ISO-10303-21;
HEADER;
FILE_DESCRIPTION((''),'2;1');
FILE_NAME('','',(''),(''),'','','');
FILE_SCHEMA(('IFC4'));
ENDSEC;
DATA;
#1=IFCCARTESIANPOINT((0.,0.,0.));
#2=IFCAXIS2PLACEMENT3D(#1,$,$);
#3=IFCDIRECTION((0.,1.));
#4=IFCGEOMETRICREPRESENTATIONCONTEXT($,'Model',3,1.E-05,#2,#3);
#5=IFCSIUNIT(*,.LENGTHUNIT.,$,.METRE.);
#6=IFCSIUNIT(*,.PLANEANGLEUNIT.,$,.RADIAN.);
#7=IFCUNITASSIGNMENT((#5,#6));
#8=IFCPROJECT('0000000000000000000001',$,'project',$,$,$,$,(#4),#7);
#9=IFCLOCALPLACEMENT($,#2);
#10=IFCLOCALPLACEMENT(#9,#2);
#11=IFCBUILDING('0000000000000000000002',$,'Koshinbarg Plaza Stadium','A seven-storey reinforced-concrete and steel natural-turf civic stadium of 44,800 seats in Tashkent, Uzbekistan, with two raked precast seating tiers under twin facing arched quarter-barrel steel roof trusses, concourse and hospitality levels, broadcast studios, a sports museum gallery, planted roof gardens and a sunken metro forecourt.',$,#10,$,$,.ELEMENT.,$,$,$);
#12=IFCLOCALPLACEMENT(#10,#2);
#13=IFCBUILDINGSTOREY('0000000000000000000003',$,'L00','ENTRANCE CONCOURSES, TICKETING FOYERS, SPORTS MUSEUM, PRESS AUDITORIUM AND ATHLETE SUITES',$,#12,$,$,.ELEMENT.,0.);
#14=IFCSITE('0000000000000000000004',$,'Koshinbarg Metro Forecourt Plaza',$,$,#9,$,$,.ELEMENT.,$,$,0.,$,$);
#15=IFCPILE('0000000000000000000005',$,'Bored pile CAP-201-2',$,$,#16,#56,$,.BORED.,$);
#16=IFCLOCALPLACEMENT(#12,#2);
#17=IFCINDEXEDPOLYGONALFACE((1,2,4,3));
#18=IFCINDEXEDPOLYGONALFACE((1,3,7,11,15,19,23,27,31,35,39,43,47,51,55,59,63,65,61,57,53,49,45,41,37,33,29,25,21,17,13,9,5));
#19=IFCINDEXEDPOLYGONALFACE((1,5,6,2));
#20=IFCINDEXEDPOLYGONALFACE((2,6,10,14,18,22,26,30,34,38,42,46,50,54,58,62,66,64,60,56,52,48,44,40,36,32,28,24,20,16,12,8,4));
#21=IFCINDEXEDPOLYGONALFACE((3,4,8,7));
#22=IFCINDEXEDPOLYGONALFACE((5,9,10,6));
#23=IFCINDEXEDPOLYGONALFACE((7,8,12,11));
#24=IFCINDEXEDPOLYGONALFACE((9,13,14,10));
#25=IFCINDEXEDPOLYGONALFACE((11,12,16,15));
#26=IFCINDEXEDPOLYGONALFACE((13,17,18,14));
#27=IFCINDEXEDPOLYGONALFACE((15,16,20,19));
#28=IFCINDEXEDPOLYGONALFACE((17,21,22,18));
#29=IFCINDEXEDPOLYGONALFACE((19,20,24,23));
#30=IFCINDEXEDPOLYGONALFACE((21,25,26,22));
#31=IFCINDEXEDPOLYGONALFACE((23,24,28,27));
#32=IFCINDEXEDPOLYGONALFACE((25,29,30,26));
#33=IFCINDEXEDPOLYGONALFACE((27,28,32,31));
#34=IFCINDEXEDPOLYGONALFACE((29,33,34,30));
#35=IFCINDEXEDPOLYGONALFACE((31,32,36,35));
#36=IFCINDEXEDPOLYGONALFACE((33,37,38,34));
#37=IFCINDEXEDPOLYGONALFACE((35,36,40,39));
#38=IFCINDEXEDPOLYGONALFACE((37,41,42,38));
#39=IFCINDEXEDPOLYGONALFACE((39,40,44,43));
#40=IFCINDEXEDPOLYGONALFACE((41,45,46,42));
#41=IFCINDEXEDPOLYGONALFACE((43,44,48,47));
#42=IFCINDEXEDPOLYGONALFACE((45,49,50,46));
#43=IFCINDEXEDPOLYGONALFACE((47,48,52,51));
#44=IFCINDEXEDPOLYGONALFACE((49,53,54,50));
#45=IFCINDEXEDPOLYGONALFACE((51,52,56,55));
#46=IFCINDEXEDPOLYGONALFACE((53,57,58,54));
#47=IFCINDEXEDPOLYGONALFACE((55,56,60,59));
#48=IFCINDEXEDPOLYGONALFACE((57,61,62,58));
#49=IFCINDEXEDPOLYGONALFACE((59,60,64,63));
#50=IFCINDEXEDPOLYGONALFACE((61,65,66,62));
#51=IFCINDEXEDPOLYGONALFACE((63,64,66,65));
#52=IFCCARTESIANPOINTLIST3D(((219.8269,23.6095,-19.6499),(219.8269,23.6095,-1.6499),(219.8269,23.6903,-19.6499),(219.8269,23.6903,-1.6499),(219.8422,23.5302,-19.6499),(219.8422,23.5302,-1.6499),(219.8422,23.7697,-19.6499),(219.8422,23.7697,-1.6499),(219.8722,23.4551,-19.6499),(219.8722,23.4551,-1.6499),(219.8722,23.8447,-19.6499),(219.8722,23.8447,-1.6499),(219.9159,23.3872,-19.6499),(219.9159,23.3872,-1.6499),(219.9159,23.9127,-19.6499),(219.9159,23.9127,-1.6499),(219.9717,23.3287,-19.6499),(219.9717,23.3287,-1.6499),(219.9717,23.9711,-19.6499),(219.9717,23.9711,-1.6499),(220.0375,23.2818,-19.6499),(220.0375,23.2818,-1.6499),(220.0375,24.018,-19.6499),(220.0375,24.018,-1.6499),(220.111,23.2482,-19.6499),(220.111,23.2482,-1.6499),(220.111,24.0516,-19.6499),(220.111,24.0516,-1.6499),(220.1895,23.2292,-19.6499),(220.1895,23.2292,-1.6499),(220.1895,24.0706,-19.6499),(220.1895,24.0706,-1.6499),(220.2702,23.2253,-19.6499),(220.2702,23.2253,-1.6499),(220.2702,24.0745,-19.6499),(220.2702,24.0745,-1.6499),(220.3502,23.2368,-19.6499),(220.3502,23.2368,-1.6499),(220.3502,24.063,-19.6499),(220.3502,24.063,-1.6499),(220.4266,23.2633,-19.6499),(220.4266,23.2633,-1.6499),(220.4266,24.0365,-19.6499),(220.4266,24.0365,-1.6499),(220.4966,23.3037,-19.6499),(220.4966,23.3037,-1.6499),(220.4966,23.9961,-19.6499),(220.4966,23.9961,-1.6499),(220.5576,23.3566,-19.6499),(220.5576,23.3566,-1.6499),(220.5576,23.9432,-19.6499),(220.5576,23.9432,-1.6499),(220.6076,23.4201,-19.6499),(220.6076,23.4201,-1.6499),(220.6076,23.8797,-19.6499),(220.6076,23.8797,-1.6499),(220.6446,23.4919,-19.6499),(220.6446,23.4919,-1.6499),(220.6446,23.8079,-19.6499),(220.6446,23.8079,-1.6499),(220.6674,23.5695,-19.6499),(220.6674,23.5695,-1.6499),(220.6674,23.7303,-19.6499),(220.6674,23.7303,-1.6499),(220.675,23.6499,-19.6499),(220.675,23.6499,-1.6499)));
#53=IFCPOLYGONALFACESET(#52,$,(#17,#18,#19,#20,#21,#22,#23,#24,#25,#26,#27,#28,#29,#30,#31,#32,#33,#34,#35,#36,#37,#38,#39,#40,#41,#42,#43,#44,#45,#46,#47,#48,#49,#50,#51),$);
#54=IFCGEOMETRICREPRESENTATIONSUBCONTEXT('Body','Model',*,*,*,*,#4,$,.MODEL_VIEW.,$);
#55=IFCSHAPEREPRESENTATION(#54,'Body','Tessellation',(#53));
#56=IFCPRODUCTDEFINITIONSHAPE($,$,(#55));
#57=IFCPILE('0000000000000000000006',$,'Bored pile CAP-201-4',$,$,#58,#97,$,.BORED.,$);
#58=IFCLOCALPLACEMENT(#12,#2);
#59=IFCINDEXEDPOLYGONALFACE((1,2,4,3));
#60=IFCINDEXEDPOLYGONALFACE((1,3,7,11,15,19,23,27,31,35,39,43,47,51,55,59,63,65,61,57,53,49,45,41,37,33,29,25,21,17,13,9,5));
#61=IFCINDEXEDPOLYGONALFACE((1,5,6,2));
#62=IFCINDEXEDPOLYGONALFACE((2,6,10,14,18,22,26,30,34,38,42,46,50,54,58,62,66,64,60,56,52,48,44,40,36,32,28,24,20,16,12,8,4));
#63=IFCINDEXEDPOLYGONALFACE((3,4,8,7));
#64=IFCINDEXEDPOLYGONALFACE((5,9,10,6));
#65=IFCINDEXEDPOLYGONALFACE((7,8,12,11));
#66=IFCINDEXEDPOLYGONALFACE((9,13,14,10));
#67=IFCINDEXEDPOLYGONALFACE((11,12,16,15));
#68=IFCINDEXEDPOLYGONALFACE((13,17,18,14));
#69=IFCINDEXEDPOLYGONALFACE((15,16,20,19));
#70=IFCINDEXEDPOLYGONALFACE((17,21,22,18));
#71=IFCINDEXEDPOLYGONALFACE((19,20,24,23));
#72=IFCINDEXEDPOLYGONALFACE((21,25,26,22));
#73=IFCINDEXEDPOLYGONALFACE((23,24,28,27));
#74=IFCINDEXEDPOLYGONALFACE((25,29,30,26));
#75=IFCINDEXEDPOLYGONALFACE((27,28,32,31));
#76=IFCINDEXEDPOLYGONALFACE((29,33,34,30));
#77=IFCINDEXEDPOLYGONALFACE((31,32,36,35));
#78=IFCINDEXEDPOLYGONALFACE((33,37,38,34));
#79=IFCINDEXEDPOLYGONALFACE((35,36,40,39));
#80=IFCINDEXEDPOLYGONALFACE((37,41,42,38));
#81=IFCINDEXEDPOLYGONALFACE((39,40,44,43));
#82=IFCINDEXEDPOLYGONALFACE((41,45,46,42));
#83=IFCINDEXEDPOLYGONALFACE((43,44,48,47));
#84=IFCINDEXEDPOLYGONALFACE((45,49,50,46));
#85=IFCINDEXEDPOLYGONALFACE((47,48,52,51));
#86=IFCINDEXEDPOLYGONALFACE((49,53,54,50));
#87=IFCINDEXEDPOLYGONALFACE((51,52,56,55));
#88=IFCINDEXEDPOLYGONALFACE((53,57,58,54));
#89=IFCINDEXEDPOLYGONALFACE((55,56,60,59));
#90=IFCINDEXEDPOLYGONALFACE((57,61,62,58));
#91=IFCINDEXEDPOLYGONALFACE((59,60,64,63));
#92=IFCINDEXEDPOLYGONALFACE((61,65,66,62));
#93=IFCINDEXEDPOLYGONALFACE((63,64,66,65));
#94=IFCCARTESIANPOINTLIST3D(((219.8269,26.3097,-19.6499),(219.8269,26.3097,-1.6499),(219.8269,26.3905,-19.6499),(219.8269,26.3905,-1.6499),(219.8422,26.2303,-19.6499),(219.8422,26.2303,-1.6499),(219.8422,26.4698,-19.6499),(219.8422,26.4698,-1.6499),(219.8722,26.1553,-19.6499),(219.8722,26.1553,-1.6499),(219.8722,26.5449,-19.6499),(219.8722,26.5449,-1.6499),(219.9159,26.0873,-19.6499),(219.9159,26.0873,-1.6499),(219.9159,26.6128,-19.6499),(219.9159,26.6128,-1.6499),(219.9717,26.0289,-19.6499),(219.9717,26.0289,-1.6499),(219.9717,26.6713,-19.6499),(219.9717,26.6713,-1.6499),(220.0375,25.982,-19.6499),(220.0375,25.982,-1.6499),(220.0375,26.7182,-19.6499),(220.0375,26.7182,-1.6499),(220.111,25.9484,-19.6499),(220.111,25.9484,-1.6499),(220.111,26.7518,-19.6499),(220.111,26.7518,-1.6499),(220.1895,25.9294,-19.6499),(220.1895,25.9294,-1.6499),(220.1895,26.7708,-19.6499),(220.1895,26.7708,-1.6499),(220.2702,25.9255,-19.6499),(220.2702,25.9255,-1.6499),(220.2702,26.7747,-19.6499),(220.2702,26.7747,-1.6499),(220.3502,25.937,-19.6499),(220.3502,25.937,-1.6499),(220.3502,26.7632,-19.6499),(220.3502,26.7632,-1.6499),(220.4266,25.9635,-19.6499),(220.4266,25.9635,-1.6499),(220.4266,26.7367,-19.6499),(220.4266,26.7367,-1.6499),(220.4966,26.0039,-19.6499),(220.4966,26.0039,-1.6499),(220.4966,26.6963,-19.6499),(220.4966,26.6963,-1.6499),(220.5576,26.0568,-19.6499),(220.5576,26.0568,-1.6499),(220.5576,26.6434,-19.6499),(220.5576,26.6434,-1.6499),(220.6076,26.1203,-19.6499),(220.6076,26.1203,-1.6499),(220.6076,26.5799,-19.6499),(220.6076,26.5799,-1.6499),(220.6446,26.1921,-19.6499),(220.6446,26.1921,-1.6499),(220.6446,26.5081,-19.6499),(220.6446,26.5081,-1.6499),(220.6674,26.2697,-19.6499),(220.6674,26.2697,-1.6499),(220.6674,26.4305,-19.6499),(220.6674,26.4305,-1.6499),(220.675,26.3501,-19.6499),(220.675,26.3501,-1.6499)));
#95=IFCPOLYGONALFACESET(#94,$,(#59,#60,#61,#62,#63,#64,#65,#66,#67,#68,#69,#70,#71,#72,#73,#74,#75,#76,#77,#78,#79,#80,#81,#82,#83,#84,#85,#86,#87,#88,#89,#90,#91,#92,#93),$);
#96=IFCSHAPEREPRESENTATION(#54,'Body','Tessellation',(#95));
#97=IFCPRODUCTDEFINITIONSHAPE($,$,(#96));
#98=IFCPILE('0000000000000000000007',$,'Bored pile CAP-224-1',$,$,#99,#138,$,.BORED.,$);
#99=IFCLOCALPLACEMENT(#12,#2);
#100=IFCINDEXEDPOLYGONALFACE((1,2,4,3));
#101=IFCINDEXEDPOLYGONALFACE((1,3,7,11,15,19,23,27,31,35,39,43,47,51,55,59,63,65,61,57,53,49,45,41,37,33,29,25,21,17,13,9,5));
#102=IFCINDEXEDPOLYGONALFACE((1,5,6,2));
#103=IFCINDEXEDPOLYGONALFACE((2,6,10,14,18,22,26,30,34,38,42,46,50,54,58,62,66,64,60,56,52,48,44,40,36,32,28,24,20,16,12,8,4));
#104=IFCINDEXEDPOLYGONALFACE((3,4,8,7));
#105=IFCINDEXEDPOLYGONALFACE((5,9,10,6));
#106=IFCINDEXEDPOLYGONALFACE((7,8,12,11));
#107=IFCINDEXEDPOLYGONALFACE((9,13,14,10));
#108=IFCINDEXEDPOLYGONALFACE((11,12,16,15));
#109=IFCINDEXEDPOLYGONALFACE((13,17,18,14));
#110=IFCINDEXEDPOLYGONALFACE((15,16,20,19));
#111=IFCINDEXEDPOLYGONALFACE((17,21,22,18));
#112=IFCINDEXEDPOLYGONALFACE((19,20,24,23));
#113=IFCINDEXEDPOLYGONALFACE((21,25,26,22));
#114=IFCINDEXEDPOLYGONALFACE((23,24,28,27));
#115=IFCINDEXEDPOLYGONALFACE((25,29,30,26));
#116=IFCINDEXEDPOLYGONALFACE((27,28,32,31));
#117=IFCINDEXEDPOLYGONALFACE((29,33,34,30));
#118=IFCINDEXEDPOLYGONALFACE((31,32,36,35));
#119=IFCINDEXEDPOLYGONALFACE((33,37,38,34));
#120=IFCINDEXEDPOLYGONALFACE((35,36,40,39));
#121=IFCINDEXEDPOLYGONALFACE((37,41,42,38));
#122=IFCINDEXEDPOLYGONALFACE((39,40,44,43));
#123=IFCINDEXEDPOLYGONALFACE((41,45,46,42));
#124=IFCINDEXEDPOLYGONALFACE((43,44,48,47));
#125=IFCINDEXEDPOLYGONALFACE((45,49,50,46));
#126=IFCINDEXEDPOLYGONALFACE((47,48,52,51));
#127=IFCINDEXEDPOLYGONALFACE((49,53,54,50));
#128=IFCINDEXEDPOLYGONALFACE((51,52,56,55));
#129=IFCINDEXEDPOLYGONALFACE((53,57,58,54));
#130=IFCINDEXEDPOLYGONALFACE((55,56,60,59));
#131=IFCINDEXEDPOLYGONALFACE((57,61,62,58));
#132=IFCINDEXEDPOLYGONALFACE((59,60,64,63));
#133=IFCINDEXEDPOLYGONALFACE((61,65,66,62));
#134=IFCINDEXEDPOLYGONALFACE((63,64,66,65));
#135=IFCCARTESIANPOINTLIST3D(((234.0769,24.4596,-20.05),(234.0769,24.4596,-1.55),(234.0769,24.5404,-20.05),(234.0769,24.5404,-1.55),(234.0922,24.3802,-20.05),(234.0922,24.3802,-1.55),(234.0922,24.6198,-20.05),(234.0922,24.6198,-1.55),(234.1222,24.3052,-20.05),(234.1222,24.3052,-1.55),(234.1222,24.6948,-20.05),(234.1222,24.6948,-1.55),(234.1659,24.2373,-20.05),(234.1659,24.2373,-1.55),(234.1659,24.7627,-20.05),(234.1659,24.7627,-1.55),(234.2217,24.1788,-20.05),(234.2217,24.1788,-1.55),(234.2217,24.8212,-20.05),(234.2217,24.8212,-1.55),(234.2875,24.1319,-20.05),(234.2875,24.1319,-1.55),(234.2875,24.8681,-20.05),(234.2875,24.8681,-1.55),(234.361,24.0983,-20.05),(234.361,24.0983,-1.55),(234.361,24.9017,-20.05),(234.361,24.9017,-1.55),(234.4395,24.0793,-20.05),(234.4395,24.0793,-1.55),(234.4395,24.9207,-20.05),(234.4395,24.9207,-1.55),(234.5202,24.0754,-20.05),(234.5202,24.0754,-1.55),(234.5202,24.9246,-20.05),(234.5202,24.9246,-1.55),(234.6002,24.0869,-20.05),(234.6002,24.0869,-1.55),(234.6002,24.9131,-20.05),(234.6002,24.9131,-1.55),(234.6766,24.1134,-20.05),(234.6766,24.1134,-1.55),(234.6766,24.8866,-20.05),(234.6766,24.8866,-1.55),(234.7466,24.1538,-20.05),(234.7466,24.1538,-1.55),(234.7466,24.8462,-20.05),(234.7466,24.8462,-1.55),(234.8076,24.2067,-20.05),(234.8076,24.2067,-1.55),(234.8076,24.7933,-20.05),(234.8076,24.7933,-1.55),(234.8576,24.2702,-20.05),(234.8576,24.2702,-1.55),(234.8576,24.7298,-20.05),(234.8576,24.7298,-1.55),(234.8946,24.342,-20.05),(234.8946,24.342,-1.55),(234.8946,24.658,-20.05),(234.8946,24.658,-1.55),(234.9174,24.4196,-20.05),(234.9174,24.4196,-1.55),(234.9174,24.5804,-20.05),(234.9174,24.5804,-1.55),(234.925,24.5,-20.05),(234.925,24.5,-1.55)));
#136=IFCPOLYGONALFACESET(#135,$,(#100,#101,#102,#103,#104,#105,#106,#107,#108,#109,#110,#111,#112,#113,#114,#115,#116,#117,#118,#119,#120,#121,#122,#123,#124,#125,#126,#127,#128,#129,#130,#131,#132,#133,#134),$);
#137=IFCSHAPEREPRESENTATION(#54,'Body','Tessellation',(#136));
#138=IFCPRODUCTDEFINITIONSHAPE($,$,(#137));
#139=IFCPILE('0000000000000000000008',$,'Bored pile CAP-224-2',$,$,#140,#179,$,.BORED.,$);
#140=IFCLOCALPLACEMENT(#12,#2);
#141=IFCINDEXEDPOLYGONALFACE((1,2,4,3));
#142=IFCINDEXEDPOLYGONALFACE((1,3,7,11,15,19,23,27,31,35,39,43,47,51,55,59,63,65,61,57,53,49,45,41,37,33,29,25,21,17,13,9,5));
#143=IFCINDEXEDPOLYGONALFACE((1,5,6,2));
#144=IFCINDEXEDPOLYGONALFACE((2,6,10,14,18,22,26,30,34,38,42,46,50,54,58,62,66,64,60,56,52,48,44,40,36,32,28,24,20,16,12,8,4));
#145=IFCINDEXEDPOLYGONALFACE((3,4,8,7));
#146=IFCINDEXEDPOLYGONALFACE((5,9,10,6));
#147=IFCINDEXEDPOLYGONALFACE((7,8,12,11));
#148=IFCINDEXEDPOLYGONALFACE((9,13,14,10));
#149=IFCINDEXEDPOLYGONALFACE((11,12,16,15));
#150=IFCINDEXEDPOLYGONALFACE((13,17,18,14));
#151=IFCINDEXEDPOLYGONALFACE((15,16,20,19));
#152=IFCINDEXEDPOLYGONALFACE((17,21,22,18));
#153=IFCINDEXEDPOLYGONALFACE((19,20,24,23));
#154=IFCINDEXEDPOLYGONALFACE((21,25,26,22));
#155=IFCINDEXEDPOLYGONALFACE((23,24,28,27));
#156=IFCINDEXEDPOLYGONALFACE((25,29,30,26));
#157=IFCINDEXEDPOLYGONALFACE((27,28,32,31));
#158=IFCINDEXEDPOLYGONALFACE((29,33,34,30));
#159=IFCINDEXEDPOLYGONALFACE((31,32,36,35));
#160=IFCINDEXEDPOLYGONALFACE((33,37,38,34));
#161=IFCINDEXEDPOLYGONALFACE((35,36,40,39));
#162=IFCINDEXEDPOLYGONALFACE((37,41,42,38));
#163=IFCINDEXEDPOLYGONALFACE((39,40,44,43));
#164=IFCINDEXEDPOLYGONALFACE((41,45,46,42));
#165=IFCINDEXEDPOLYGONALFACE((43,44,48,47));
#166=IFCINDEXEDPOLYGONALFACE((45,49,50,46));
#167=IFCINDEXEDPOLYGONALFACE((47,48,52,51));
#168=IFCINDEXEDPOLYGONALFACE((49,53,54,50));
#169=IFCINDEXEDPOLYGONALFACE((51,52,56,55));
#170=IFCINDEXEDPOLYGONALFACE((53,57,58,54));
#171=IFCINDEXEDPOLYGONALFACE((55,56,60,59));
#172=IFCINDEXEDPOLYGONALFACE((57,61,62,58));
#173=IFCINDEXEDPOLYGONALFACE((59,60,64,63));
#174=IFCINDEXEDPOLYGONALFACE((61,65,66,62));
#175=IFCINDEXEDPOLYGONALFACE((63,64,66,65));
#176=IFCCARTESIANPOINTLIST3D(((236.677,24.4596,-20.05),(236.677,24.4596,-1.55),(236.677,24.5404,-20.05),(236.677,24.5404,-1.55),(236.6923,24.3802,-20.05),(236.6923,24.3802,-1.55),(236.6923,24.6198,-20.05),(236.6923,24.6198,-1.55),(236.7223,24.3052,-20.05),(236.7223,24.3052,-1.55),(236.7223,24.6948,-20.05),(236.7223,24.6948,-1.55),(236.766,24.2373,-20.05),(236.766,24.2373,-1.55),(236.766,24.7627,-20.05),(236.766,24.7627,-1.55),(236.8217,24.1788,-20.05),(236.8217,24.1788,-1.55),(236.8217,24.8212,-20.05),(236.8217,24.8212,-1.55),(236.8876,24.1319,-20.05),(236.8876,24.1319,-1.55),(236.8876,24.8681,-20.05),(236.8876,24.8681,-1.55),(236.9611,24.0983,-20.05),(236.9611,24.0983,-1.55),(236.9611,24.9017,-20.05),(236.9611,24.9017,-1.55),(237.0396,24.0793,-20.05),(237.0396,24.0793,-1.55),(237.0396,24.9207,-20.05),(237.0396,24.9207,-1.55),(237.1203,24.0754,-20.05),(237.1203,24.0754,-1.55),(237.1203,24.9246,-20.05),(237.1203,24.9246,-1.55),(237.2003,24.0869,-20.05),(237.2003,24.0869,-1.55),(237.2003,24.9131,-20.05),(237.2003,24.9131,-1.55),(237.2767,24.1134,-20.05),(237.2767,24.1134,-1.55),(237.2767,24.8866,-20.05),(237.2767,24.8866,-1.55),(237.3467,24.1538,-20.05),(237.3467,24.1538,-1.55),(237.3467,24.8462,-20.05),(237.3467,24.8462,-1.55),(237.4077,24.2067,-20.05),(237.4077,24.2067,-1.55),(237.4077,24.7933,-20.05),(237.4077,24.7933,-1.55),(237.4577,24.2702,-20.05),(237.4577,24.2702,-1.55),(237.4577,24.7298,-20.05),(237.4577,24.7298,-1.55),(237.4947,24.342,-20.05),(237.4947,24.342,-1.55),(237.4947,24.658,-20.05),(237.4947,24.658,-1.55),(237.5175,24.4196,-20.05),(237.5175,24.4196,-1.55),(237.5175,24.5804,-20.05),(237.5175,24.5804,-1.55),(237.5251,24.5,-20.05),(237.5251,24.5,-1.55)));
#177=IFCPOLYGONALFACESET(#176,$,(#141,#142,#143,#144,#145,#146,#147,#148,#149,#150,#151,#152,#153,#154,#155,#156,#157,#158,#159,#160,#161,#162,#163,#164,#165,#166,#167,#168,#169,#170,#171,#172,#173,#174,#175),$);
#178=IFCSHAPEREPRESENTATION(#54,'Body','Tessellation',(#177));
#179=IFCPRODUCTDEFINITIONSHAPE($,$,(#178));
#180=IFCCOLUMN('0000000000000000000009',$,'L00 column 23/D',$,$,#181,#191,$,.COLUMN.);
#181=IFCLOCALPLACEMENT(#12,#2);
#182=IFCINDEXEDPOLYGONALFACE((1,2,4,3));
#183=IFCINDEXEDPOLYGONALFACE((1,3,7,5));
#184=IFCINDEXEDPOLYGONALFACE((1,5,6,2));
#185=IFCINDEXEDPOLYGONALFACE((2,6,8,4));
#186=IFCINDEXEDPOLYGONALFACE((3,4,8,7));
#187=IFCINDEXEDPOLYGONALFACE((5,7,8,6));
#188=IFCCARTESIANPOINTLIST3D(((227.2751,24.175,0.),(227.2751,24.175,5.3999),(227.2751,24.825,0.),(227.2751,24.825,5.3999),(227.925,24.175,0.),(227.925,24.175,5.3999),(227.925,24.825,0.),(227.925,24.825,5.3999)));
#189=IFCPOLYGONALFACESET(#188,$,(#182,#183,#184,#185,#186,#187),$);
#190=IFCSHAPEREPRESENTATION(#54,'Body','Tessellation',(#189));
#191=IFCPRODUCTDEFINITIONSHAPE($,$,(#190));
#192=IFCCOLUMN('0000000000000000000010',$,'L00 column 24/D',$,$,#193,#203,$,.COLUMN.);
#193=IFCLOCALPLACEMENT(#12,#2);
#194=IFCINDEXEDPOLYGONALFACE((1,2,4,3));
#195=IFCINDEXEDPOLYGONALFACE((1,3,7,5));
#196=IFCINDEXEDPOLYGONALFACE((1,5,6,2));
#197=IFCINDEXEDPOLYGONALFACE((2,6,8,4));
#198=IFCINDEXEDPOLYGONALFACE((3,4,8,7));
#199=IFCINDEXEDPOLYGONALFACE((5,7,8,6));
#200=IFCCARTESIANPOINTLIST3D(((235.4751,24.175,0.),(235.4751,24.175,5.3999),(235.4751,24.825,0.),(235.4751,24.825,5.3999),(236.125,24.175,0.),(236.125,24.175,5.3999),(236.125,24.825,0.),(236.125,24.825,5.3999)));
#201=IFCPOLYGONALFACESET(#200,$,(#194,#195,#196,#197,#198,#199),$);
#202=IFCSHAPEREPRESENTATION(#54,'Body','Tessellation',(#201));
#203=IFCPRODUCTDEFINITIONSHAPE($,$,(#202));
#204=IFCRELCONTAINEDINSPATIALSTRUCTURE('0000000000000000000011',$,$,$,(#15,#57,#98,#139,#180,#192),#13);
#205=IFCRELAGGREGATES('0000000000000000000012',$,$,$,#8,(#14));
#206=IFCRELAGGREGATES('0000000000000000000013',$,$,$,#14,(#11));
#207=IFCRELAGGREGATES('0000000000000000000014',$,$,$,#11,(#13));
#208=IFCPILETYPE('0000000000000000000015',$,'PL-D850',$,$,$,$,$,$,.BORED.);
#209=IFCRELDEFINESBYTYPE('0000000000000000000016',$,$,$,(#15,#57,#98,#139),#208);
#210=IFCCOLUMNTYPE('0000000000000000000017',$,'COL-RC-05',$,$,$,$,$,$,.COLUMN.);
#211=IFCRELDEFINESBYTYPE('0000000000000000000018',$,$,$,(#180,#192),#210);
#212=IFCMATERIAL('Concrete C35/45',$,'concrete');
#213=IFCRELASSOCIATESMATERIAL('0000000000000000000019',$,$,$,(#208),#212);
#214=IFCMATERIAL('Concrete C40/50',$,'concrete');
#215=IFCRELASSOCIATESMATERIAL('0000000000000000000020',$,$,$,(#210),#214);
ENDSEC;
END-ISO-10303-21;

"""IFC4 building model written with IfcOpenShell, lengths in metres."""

from ifc_helpers import new_model, si_unit, direction, frame, origin, origin_2d, place, context, subcontext, project, spatial, rectangle, circle, extrude, material, material_profile, profile_set, type_object, element, save


model = new_model("IFC4")

# Units and contexts
model_context = context("Model", 3, precision=1e-05, world=origin(), true_north=direction((0.0, 1.0)))
body_context = subcontext(model_context, "Body", "Model", "MODEL_VIEW")
ifc_project = project(units=[si_unit("LENGTHUNIT", "METRE"), si_unit("PLANEANGLEUNIT", "RADIAN")], contexts=[model_context])

# Site, building, storey
site_placement = place(None, origin())
site = spatial("IfcSite", under=ifc_project, at=site_placement, Name="Koshinbarg Metro Forecourt Plaza", CompositionType="ELEMENT", RefElevation=0.0)
building_placement = place(site_placement, origin())
building = spatial("IfcBuilding", under=site, at=building_placement, Name="Koshinbarg Plaza Stadium", Description="A seven-storey reinforced-concrete and steel natural-turf civic stadium of 44,800 seats in Tashkent, Uzbekistan, with two raked precast seating tiers under twin facing arched quarter-barrel steel roof trusses, concourse and hospitality levels, broadcast studios, a sports museum gallery, planted roof gardens and a sunken metro forecourt.", CompositionType="ELEMENT")
storey_placement = place(building_placement, origin())
storey = spatial("IfcBuildingStorey", under=building, at=storey_placement, Name="L00", Description="ENTRANCE CONCOURSES, TICKETING FOYERS, SPORTS MUSEUM, PRESS AUDITORIUM AND ATHLETE SUITES", CompositionType="ELEMENT", Elevation=0.0)

# Shared definitions
ifc_material_1 = material(Name="Concrete C35/45", Category="concrete")

# Piles
ifc_material_profile_1 = material_profile(ifc_material_1, circle(Radius=0.425, at=origin_2d()), Name="PILE D850")
ifc_profile_set_1 = profile_set([ifc_material_profile_1], Name="Concrete C35/45")
pile_type_1 = type_object("IfcPileType", Name="PL-D850", PredefinedType="BORED", material=ifc_profile_set_1)
for number, where, z_axis, x_axis, name in (
    (1, (220.25, 23.6499, -1.6499), (0.0, 0.0, -1.0), (1.0, 0.0, 0.0), "Bored pile CAP-201-2"),
    (2, (220.25, 26.3501, -1.6499), (0.0, 0.0, -1.0), (1.0, 0.0, 0.0), "Bored pile CAP-201-4"),
):
    element("IfcPile", number, at=place(storey_placement, frame(where, z_axis=z_axis, x_axis=x_axis)), inside=storey, type_object=pile_type_1, Name=name, PredefinedType="BORED", context=body_context, shape_type="SweptSolid", body=[
        extrude(circle(Radius=0.425, at=origin_2d()), origin(), (0.0, 0.0, 1.0), 18.0),
    ])
for number, where, z_axis, x_axis, name in (
    (3, (234.5, 24.5, -1.55), (0.0, 0.0, -1.0), (1.0, 0.0, 0.0), "Bored pile CAP-224-1"),
    (4, (237.1001, 24.5, -1.55), (0.0, 0.0, -1.0), (1.0, 0.0, 0.0), "Bored pile CAP-224-2"),
):
    element("IfcPile", number, at=place(storey_placement, frame(where, z_axis=z_axis, x_axis=x_axis)), inside=storey, type_object=pile_type_1, Name=name, PredefinedType="BORED", context=body_context, shape_type="SweptSolid", body=[
        extrude(circle(Radius=0.425, at=origin_2d()), origin(), (0.0, 0.0, 1.0), 18.5),
    ])

# Columns
ifc_material_2 = material(Name="Concrete C40/50", Category="concrete")
ifc_material_profile_2 = material_profile(ifc_material_2, rectangle(XDim=0.6499, YDim=0.6499, at=origin_2d()), Name="RC 650x650")
ifc_profile_set_2 = profile_set([ifc_material_profile_2], Name="Concrete C40/50")
column_type_1 = type_object("IfcColumnType", Name="COL-RC-05", PredefinedType="COLUMN", material=ifc_profile_set_2)
for number, where, z_axis, x_axis, name in (
    (5, (227.6001, 24.5, 0.0), (0.0, 0.0, 1.0), (1.0, 0.0, 0.0), "L00 column 23/D"),
    (6, (235.8, 24.5, 0.0), (0.0, 0.0, 1.0), (1.0, 0.0, 0.0), "L00 column 24/D"),
):
    element("IfcColumn", number, at=place(storey_placement, frame(where, z_axis=z_axis, x_axis=x_axis)), inside=storey, type_object=column_type_1, Name=name, PredefinedType="COLUMN", context=body_context, shape_type="SweptSolid", body=[
        extrude(rectangle(XDim=0.6499, YDim=0.6499, at=origin_2d()), origin(), (0.0, 0.0, 1.0), 5.3999),
    ])

save(model, "model.ifc")
